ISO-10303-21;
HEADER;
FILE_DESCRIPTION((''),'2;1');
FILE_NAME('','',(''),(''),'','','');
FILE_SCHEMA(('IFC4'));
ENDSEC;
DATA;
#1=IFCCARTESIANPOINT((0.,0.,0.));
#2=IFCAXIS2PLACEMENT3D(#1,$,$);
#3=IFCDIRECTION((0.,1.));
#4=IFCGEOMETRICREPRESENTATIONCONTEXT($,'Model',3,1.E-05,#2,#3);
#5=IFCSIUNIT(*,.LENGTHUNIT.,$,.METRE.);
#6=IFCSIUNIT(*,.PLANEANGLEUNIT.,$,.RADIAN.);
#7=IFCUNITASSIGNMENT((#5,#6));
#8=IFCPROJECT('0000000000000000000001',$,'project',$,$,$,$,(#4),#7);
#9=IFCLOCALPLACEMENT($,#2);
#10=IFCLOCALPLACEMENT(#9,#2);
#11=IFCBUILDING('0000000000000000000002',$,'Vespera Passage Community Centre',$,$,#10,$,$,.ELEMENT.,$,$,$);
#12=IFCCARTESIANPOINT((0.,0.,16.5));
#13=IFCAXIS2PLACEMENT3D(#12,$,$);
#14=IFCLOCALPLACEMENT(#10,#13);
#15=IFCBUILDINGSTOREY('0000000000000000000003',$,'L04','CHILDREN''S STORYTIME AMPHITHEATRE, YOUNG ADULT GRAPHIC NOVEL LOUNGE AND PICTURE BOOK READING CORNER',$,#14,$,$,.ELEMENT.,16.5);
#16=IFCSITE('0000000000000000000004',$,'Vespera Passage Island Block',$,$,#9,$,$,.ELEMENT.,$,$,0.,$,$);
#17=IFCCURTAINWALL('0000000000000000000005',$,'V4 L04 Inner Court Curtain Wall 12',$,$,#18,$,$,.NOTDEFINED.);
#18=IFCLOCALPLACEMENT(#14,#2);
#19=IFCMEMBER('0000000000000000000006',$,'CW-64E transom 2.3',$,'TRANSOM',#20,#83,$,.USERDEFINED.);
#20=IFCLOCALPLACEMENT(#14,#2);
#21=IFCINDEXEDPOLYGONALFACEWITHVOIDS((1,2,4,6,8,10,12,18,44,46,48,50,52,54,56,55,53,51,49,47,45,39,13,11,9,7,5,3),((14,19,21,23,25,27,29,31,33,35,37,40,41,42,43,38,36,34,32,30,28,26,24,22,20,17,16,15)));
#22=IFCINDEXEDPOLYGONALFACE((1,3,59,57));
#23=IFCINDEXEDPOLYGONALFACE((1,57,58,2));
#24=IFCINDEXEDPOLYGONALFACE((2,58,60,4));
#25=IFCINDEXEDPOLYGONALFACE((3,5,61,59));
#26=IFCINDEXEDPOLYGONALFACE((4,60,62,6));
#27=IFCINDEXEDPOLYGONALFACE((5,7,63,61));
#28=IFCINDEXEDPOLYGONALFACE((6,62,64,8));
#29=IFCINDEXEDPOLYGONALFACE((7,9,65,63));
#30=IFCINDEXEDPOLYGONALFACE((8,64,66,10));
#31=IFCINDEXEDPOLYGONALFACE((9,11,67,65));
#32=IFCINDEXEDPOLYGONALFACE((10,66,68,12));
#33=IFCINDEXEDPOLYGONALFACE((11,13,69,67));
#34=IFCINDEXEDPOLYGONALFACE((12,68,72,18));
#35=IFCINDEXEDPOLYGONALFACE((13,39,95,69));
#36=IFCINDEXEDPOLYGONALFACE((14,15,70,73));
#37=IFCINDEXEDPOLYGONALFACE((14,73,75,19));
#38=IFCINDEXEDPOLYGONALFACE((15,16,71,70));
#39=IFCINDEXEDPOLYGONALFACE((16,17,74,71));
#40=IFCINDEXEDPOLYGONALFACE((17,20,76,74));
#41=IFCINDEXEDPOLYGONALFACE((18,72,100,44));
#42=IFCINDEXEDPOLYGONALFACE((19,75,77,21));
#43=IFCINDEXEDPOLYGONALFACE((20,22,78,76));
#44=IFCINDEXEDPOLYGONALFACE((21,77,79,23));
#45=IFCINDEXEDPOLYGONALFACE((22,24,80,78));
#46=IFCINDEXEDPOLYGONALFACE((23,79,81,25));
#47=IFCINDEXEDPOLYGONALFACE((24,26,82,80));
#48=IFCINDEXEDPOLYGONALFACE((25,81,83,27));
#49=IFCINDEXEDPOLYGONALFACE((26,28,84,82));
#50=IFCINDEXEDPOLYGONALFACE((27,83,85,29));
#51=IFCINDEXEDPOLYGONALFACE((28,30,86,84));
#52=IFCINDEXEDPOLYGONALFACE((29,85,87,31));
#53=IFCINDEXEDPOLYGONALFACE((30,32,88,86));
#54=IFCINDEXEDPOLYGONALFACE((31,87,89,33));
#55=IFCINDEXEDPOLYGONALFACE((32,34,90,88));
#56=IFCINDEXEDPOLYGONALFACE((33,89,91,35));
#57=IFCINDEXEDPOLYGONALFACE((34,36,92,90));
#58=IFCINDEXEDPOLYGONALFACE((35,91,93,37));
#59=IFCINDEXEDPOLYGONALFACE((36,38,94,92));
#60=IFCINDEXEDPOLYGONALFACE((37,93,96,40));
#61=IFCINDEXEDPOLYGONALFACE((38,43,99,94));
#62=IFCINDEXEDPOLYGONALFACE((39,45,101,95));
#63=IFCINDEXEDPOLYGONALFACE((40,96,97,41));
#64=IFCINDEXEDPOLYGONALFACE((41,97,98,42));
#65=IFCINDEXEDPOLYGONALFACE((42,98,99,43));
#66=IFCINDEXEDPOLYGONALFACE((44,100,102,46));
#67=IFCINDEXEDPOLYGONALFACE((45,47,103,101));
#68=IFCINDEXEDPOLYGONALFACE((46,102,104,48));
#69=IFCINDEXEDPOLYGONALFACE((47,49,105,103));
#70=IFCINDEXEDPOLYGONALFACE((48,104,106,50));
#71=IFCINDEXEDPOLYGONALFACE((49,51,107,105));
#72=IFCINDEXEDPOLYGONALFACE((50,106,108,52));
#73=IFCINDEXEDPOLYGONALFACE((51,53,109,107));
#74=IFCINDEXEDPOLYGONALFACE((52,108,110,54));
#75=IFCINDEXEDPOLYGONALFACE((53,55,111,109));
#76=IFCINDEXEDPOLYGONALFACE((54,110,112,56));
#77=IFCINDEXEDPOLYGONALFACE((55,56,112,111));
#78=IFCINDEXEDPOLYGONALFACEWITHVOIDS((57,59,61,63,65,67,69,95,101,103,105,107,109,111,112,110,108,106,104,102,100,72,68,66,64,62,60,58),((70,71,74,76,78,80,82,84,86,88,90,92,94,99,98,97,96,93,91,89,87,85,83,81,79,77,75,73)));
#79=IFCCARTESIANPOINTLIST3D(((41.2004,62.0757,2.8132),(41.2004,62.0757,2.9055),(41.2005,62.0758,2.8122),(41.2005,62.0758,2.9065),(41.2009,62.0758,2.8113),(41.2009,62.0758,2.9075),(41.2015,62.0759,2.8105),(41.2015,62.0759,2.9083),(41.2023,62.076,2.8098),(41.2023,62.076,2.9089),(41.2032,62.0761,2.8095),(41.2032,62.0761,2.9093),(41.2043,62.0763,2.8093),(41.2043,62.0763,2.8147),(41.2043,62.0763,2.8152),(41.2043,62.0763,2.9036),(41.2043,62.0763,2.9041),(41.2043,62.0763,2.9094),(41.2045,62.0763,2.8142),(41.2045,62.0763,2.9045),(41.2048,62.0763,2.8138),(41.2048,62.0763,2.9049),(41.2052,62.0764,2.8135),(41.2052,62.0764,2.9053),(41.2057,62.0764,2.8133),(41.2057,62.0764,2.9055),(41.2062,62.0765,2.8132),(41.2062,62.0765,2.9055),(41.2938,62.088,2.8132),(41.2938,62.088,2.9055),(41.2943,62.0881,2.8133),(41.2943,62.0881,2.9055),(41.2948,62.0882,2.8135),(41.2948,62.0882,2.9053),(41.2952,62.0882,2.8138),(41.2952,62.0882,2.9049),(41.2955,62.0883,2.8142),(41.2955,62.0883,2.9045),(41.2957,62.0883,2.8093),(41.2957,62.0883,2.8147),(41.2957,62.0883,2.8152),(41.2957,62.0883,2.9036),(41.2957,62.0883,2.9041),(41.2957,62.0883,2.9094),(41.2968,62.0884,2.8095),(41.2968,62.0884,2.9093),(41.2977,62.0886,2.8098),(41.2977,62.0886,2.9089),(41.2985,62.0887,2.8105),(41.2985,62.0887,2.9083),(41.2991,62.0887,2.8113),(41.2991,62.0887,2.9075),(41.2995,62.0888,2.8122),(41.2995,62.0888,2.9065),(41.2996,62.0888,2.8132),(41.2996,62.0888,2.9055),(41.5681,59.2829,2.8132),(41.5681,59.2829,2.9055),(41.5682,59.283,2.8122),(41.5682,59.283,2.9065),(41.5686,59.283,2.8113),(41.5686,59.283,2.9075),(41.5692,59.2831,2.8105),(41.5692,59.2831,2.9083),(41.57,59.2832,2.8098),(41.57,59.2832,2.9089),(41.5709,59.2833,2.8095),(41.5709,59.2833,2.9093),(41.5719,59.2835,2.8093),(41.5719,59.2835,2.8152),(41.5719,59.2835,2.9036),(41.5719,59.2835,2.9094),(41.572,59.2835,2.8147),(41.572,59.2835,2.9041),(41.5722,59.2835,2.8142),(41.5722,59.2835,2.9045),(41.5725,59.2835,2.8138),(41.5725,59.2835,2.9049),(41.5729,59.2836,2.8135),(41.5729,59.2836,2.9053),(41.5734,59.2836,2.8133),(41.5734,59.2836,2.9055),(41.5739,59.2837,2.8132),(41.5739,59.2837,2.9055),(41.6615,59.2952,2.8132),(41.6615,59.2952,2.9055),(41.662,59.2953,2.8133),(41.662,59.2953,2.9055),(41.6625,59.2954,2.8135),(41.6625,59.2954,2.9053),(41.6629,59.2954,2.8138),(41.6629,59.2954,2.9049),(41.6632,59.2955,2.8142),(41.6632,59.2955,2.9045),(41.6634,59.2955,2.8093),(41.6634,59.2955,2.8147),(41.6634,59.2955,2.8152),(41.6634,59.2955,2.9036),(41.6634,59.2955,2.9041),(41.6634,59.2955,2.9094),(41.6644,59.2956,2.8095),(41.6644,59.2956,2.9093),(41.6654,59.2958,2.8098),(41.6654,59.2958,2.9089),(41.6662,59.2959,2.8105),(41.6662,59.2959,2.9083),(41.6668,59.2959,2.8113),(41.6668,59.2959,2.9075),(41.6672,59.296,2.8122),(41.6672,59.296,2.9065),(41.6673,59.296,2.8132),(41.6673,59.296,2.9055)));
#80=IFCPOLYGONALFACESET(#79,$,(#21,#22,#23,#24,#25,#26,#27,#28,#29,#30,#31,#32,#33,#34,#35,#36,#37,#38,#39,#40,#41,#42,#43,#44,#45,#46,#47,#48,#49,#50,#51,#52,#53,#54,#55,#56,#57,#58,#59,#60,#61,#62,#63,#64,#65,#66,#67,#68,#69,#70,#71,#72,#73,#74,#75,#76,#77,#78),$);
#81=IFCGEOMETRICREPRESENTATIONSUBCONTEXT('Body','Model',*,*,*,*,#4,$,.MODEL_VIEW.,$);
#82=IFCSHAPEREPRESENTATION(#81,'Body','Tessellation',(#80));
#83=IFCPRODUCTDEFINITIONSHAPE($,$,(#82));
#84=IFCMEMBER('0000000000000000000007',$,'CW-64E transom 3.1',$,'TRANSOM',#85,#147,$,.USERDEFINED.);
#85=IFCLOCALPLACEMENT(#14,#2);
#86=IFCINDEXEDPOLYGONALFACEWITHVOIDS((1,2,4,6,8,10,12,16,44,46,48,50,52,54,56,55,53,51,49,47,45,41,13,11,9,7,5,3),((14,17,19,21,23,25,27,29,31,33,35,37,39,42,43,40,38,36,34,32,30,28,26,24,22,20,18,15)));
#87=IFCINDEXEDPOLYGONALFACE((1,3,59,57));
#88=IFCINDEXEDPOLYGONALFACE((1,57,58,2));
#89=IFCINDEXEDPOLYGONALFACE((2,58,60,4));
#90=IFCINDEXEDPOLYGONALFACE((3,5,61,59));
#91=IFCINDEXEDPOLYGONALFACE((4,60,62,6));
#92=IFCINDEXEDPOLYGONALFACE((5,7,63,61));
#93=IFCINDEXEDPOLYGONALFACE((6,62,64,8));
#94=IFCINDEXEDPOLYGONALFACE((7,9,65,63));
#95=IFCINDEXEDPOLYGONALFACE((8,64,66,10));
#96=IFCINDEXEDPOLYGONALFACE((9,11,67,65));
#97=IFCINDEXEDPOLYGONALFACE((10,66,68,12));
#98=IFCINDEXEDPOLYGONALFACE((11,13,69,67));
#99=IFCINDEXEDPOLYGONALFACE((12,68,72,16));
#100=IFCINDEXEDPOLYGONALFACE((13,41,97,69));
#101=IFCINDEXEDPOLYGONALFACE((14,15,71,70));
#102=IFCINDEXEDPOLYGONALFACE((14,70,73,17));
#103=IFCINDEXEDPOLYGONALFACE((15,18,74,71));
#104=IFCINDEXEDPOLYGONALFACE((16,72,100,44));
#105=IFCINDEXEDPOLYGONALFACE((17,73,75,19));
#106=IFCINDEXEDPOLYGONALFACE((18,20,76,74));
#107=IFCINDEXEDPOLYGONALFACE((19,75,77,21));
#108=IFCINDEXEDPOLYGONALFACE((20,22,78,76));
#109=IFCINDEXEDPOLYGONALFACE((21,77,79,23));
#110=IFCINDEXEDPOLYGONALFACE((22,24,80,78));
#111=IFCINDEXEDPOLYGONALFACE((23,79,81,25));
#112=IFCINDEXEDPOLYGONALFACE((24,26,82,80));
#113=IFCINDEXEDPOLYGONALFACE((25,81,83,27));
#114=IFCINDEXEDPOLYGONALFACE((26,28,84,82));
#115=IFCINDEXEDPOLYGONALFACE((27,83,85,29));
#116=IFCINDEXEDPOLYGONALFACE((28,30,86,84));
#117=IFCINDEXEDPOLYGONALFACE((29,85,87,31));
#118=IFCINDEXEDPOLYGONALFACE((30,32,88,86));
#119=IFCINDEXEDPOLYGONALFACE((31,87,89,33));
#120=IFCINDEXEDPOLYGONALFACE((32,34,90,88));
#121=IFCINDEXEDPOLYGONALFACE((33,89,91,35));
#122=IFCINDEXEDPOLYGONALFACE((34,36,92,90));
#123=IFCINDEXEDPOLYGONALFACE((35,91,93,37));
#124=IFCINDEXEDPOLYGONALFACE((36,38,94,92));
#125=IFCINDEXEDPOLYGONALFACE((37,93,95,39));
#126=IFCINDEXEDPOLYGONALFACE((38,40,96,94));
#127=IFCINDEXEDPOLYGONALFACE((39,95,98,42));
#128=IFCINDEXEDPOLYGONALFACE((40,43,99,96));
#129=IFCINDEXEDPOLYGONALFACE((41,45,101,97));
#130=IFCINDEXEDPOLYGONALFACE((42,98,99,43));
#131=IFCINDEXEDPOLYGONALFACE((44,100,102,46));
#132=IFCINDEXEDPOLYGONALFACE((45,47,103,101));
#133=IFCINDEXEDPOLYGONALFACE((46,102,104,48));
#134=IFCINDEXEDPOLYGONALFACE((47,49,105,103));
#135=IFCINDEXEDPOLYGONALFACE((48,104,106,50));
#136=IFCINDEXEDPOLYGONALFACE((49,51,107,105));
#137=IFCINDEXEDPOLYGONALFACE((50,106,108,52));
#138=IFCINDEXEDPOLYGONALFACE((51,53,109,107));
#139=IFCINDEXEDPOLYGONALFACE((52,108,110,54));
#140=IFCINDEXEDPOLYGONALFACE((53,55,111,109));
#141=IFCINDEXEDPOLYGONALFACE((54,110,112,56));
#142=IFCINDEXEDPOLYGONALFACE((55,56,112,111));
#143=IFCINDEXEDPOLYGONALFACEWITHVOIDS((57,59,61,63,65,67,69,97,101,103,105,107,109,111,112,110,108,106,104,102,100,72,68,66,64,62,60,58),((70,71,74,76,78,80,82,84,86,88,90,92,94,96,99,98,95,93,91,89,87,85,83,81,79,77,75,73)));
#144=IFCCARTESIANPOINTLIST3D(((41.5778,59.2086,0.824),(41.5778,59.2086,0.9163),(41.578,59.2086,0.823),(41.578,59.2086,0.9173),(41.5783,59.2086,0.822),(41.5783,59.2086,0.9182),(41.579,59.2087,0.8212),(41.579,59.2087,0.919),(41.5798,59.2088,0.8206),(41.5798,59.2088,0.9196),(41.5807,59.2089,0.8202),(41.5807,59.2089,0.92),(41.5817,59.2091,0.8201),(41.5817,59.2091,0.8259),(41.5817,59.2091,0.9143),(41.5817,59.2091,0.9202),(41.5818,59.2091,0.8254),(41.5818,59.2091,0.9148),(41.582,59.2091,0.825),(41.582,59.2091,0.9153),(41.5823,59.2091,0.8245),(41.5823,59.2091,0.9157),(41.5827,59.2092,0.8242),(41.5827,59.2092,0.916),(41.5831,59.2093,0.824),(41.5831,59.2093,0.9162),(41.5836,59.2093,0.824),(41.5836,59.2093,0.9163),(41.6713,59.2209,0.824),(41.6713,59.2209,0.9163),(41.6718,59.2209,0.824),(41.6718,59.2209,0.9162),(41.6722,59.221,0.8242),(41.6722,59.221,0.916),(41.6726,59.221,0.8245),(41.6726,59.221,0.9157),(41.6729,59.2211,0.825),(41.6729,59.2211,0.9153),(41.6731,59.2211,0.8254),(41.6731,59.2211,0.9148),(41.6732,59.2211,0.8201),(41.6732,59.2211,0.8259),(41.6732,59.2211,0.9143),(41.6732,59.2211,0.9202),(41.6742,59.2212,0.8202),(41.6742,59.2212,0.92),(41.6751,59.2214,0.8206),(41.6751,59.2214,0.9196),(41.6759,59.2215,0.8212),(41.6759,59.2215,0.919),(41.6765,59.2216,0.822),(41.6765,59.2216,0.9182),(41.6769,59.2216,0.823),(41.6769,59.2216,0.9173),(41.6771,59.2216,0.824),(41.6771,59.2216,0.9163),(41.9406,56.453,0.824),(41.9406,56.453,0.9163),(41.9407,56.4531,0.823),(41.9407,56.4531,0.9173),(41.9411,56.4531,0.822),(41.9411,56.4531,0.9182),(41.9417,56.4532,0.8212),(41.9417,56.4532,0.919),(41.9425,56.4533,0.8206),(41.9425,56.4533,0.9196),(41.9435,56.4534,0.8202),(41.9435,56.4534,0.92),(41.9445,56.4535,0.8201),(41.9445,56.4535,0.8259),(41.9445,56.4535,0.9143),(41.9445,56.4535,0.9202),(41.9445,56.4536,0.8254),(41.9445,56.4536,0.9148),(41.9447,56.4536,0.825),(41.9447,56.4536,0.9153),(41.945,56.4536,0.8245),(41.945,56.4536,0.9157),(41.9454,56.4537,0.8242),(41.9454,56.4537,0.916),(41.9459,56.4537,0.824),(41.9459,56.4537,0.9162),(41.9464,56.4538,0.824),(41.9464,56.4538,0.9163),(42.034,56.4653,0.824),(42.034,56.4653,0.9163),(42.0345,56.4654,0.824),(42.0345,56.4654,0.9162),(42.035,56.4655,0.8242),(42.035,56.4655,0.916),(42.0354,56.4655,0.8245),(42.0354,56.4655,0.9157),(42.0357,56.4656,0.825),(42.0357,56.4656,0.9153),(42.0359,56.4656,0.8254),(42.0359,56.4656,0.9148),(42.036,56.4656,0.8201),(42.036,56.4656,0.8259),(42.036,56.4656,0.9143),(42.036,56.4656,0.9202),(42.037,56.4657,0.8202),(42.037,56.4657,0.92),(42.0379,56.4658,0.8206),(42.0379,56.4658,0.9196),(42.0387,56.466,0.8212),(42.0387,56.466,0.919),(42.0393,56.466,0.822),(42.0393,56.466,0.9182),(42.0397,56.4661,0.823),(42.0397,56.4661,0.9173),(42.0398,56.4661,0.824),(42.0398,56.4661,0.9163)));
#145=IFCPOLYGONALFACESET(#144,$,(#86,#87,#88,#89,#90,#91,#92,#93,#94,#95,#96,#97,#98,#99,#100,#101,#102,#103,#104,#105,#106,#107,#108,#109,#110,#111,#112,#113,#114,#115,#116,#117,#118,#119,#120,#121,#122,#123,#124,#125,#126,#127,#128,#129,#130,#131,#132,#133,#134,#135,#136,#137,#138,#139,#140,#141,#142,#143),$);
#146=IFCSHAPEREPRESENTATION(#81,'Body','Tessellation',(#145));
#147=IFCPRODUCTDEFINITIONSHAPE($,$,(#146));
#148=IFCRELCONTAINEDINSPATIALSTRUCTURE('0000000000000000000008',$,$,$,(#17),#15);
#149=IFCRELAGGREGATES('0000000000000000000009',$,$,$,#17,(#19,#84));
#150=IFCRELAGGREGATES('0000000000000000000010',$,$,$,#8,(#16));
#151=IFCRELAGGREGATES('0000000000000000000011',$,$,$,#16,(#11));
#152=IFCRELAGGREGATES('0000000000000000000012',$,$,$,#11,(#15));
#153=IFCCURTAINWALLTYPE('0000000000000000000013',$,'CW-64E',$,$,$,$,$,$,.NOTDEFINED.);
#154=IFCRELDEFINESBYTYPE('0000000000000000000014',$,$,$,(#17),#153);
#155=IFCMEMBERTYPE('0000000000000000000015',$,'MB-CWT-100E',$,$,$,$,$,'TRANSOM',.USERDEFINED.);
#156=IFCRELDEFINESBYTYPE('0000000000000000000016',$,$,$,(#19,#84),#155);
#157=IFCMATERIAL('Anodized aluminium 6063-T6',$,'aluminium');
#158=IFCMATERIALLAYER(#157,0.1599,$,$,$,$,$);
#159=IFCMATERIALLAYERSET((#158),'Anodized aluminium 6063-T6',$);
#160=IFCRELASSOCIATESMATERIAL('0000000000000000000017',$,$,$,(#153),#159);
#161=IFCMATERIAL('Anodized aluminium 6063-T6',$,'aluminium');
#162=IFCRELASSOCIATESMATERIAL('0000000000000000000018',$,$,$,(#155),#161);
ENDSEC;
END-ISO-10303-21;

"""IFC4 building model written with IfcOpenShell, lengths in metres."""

from ifc_helpers import new_model, si_unit, direction, frame, origin, origin_2d, place, context, subcontext, project, spatial, hollow_rectangle, extrude, material, layer, layer_set, material_profile, profile_set, type_object, element, aggregate, save


model = new_model("IFC4")

# Units and contexts
model_context = context("Model", 3, precision=1e-05, world=origin(), true_north=direction((0.0, 1.0)))
body_context = subcontext(model_context, "Body", "Model", "MODEL_VIEW")
ifc_project = project(units=[si_unit("LENGTHUNIT", "METRE"), si_unit("PLANEANGLEUNIT", "RADIAN")], contexts=[model_context])

# Site, building, storey
site_placement = place(None, origin())
site = spatial("IfcSite", under=ifc_project, at=site_placement, Name="Vespera Passage Island Block", CompositionType="ELEMENT", RefElevation=0.0)
building_placement = place(site_placement, origin())
building = spatial("IfcBuilding", under=site, at=building_placement, Name="Vespera Passage Community Centre", CompositionType="ELEMENT")
storey_placement = place(building_placement, frame((0.0, 0.0, 16.5)))
storey = spatial("IfcBuildingStorey", under=building, at=storey_placement, Name="L04", Description="CHILDREN'S STORYTIME AMPHITHEATRE, YOUNG ADULT GRAPHIC NOVEL LOUNGE AND PICTURE BOOK READING CORNER", CompositionType="ELEMENT", Elevation=16.5)

# Curtain wall, members
ifc_material_1 = material(Name="Anodized aluminium 6063-T6", Category="aluminium")
ifc_layer_1 = layer(ifc_material_1, 0.1599)
ifc_layer_set_1 = layer_set([ifc_layer_1], Name="Anodized aluminium 6063-T6")
curtain_wall_type = type_object("IfcCurtainWallType", Name="CW-64E", PredefinedType="NOTDEFINED", material=ifc_layer_set_1)
curtain_wall_placement = place(storey_placement, origin())
curtain_wall = element("IfcCurtainWall", 1, at=curtain_wall_placement, inside=storey, type_object=curtain_wall_type, Name="V4 L04 Inner Court Curtain Wall 12", PredefinedType="NOTDEFINED")
ifc_material_2 = material(Name="Anodized aluminium 6063-T6", Category="aluminium")
ifc_material_profile_1 = material_profile(ifc_material_2, hollow_rectangle(XDim=0.1001, YDim=0.1001, WallThickness=0.0039, InnerFilletRadius=0.002, OuterFilletRadius=0.0039, at=origin_2d()), Name="ALU100X100X4")
ifc_profile_set_1 = profile_set([ifc_material_profile_1], Name="Anodized aluminium 6063-T6")
member_type_1 = type_object("IfcMemberType", Name="MB-CWT-100E", ElementType="TRANSOM", PredefinedType="USERDEFINED", material=ifc_profile_set_1)
member_1_placement = place(storey_placement, frame((41.25, 62.0823, 2.8594), z_axis=(0.130528, -0.991445, 0.0), x_axis=(0.991445, 0.130528, 0.0)))
member_1 = element("IfcMember", 2, at=member_1_placement, type_object=member_type_1, Name="CW-64E transom 2.3", ObjectType="TRANSOM", PredefinedType="USERDEFINED", context=body_context, shape_type="SweptSolid", body=[
    extrude(hollow_rectangle(XDim=0.1001, YDim=0.1001, WallThickness=0.0039, InnerFilletRadius=0.002, OuterFilletRadius=0.0039, at=origin_2d()), origin(), (0.0, 0.0, 1.0), 2.8169),
])
member_2_placement = place(storey_placement, frame((41.6274, 59.2151, 0.8701), z_axis=(0.130529, -0.991444, 0.0), x_axis=(0.991444, 0.130529, 0.0)))
member_2 = element("IfcMember", 3, at=member_2_placement, type_object=member_type_1, Name="CW-64E transom 3.1", ObjectType="TRANSOM", PredefinedType="USERDEFINED", context=body_context, shape_type="SweptSolid", body=[
    extrude(hollow_rectangle(XDim=0.1001, YDim=0.1001, WallThickness=0.0039, InnerFilletRadius=0.002, OuterFilletRadius=0.0039, at=origin_2d()), origin(), (0.0, 0.0, 1.0), 2.7793),
])
aggregate(curtain_wall, [member_1, member_2])

save(model, "model.ifc")
